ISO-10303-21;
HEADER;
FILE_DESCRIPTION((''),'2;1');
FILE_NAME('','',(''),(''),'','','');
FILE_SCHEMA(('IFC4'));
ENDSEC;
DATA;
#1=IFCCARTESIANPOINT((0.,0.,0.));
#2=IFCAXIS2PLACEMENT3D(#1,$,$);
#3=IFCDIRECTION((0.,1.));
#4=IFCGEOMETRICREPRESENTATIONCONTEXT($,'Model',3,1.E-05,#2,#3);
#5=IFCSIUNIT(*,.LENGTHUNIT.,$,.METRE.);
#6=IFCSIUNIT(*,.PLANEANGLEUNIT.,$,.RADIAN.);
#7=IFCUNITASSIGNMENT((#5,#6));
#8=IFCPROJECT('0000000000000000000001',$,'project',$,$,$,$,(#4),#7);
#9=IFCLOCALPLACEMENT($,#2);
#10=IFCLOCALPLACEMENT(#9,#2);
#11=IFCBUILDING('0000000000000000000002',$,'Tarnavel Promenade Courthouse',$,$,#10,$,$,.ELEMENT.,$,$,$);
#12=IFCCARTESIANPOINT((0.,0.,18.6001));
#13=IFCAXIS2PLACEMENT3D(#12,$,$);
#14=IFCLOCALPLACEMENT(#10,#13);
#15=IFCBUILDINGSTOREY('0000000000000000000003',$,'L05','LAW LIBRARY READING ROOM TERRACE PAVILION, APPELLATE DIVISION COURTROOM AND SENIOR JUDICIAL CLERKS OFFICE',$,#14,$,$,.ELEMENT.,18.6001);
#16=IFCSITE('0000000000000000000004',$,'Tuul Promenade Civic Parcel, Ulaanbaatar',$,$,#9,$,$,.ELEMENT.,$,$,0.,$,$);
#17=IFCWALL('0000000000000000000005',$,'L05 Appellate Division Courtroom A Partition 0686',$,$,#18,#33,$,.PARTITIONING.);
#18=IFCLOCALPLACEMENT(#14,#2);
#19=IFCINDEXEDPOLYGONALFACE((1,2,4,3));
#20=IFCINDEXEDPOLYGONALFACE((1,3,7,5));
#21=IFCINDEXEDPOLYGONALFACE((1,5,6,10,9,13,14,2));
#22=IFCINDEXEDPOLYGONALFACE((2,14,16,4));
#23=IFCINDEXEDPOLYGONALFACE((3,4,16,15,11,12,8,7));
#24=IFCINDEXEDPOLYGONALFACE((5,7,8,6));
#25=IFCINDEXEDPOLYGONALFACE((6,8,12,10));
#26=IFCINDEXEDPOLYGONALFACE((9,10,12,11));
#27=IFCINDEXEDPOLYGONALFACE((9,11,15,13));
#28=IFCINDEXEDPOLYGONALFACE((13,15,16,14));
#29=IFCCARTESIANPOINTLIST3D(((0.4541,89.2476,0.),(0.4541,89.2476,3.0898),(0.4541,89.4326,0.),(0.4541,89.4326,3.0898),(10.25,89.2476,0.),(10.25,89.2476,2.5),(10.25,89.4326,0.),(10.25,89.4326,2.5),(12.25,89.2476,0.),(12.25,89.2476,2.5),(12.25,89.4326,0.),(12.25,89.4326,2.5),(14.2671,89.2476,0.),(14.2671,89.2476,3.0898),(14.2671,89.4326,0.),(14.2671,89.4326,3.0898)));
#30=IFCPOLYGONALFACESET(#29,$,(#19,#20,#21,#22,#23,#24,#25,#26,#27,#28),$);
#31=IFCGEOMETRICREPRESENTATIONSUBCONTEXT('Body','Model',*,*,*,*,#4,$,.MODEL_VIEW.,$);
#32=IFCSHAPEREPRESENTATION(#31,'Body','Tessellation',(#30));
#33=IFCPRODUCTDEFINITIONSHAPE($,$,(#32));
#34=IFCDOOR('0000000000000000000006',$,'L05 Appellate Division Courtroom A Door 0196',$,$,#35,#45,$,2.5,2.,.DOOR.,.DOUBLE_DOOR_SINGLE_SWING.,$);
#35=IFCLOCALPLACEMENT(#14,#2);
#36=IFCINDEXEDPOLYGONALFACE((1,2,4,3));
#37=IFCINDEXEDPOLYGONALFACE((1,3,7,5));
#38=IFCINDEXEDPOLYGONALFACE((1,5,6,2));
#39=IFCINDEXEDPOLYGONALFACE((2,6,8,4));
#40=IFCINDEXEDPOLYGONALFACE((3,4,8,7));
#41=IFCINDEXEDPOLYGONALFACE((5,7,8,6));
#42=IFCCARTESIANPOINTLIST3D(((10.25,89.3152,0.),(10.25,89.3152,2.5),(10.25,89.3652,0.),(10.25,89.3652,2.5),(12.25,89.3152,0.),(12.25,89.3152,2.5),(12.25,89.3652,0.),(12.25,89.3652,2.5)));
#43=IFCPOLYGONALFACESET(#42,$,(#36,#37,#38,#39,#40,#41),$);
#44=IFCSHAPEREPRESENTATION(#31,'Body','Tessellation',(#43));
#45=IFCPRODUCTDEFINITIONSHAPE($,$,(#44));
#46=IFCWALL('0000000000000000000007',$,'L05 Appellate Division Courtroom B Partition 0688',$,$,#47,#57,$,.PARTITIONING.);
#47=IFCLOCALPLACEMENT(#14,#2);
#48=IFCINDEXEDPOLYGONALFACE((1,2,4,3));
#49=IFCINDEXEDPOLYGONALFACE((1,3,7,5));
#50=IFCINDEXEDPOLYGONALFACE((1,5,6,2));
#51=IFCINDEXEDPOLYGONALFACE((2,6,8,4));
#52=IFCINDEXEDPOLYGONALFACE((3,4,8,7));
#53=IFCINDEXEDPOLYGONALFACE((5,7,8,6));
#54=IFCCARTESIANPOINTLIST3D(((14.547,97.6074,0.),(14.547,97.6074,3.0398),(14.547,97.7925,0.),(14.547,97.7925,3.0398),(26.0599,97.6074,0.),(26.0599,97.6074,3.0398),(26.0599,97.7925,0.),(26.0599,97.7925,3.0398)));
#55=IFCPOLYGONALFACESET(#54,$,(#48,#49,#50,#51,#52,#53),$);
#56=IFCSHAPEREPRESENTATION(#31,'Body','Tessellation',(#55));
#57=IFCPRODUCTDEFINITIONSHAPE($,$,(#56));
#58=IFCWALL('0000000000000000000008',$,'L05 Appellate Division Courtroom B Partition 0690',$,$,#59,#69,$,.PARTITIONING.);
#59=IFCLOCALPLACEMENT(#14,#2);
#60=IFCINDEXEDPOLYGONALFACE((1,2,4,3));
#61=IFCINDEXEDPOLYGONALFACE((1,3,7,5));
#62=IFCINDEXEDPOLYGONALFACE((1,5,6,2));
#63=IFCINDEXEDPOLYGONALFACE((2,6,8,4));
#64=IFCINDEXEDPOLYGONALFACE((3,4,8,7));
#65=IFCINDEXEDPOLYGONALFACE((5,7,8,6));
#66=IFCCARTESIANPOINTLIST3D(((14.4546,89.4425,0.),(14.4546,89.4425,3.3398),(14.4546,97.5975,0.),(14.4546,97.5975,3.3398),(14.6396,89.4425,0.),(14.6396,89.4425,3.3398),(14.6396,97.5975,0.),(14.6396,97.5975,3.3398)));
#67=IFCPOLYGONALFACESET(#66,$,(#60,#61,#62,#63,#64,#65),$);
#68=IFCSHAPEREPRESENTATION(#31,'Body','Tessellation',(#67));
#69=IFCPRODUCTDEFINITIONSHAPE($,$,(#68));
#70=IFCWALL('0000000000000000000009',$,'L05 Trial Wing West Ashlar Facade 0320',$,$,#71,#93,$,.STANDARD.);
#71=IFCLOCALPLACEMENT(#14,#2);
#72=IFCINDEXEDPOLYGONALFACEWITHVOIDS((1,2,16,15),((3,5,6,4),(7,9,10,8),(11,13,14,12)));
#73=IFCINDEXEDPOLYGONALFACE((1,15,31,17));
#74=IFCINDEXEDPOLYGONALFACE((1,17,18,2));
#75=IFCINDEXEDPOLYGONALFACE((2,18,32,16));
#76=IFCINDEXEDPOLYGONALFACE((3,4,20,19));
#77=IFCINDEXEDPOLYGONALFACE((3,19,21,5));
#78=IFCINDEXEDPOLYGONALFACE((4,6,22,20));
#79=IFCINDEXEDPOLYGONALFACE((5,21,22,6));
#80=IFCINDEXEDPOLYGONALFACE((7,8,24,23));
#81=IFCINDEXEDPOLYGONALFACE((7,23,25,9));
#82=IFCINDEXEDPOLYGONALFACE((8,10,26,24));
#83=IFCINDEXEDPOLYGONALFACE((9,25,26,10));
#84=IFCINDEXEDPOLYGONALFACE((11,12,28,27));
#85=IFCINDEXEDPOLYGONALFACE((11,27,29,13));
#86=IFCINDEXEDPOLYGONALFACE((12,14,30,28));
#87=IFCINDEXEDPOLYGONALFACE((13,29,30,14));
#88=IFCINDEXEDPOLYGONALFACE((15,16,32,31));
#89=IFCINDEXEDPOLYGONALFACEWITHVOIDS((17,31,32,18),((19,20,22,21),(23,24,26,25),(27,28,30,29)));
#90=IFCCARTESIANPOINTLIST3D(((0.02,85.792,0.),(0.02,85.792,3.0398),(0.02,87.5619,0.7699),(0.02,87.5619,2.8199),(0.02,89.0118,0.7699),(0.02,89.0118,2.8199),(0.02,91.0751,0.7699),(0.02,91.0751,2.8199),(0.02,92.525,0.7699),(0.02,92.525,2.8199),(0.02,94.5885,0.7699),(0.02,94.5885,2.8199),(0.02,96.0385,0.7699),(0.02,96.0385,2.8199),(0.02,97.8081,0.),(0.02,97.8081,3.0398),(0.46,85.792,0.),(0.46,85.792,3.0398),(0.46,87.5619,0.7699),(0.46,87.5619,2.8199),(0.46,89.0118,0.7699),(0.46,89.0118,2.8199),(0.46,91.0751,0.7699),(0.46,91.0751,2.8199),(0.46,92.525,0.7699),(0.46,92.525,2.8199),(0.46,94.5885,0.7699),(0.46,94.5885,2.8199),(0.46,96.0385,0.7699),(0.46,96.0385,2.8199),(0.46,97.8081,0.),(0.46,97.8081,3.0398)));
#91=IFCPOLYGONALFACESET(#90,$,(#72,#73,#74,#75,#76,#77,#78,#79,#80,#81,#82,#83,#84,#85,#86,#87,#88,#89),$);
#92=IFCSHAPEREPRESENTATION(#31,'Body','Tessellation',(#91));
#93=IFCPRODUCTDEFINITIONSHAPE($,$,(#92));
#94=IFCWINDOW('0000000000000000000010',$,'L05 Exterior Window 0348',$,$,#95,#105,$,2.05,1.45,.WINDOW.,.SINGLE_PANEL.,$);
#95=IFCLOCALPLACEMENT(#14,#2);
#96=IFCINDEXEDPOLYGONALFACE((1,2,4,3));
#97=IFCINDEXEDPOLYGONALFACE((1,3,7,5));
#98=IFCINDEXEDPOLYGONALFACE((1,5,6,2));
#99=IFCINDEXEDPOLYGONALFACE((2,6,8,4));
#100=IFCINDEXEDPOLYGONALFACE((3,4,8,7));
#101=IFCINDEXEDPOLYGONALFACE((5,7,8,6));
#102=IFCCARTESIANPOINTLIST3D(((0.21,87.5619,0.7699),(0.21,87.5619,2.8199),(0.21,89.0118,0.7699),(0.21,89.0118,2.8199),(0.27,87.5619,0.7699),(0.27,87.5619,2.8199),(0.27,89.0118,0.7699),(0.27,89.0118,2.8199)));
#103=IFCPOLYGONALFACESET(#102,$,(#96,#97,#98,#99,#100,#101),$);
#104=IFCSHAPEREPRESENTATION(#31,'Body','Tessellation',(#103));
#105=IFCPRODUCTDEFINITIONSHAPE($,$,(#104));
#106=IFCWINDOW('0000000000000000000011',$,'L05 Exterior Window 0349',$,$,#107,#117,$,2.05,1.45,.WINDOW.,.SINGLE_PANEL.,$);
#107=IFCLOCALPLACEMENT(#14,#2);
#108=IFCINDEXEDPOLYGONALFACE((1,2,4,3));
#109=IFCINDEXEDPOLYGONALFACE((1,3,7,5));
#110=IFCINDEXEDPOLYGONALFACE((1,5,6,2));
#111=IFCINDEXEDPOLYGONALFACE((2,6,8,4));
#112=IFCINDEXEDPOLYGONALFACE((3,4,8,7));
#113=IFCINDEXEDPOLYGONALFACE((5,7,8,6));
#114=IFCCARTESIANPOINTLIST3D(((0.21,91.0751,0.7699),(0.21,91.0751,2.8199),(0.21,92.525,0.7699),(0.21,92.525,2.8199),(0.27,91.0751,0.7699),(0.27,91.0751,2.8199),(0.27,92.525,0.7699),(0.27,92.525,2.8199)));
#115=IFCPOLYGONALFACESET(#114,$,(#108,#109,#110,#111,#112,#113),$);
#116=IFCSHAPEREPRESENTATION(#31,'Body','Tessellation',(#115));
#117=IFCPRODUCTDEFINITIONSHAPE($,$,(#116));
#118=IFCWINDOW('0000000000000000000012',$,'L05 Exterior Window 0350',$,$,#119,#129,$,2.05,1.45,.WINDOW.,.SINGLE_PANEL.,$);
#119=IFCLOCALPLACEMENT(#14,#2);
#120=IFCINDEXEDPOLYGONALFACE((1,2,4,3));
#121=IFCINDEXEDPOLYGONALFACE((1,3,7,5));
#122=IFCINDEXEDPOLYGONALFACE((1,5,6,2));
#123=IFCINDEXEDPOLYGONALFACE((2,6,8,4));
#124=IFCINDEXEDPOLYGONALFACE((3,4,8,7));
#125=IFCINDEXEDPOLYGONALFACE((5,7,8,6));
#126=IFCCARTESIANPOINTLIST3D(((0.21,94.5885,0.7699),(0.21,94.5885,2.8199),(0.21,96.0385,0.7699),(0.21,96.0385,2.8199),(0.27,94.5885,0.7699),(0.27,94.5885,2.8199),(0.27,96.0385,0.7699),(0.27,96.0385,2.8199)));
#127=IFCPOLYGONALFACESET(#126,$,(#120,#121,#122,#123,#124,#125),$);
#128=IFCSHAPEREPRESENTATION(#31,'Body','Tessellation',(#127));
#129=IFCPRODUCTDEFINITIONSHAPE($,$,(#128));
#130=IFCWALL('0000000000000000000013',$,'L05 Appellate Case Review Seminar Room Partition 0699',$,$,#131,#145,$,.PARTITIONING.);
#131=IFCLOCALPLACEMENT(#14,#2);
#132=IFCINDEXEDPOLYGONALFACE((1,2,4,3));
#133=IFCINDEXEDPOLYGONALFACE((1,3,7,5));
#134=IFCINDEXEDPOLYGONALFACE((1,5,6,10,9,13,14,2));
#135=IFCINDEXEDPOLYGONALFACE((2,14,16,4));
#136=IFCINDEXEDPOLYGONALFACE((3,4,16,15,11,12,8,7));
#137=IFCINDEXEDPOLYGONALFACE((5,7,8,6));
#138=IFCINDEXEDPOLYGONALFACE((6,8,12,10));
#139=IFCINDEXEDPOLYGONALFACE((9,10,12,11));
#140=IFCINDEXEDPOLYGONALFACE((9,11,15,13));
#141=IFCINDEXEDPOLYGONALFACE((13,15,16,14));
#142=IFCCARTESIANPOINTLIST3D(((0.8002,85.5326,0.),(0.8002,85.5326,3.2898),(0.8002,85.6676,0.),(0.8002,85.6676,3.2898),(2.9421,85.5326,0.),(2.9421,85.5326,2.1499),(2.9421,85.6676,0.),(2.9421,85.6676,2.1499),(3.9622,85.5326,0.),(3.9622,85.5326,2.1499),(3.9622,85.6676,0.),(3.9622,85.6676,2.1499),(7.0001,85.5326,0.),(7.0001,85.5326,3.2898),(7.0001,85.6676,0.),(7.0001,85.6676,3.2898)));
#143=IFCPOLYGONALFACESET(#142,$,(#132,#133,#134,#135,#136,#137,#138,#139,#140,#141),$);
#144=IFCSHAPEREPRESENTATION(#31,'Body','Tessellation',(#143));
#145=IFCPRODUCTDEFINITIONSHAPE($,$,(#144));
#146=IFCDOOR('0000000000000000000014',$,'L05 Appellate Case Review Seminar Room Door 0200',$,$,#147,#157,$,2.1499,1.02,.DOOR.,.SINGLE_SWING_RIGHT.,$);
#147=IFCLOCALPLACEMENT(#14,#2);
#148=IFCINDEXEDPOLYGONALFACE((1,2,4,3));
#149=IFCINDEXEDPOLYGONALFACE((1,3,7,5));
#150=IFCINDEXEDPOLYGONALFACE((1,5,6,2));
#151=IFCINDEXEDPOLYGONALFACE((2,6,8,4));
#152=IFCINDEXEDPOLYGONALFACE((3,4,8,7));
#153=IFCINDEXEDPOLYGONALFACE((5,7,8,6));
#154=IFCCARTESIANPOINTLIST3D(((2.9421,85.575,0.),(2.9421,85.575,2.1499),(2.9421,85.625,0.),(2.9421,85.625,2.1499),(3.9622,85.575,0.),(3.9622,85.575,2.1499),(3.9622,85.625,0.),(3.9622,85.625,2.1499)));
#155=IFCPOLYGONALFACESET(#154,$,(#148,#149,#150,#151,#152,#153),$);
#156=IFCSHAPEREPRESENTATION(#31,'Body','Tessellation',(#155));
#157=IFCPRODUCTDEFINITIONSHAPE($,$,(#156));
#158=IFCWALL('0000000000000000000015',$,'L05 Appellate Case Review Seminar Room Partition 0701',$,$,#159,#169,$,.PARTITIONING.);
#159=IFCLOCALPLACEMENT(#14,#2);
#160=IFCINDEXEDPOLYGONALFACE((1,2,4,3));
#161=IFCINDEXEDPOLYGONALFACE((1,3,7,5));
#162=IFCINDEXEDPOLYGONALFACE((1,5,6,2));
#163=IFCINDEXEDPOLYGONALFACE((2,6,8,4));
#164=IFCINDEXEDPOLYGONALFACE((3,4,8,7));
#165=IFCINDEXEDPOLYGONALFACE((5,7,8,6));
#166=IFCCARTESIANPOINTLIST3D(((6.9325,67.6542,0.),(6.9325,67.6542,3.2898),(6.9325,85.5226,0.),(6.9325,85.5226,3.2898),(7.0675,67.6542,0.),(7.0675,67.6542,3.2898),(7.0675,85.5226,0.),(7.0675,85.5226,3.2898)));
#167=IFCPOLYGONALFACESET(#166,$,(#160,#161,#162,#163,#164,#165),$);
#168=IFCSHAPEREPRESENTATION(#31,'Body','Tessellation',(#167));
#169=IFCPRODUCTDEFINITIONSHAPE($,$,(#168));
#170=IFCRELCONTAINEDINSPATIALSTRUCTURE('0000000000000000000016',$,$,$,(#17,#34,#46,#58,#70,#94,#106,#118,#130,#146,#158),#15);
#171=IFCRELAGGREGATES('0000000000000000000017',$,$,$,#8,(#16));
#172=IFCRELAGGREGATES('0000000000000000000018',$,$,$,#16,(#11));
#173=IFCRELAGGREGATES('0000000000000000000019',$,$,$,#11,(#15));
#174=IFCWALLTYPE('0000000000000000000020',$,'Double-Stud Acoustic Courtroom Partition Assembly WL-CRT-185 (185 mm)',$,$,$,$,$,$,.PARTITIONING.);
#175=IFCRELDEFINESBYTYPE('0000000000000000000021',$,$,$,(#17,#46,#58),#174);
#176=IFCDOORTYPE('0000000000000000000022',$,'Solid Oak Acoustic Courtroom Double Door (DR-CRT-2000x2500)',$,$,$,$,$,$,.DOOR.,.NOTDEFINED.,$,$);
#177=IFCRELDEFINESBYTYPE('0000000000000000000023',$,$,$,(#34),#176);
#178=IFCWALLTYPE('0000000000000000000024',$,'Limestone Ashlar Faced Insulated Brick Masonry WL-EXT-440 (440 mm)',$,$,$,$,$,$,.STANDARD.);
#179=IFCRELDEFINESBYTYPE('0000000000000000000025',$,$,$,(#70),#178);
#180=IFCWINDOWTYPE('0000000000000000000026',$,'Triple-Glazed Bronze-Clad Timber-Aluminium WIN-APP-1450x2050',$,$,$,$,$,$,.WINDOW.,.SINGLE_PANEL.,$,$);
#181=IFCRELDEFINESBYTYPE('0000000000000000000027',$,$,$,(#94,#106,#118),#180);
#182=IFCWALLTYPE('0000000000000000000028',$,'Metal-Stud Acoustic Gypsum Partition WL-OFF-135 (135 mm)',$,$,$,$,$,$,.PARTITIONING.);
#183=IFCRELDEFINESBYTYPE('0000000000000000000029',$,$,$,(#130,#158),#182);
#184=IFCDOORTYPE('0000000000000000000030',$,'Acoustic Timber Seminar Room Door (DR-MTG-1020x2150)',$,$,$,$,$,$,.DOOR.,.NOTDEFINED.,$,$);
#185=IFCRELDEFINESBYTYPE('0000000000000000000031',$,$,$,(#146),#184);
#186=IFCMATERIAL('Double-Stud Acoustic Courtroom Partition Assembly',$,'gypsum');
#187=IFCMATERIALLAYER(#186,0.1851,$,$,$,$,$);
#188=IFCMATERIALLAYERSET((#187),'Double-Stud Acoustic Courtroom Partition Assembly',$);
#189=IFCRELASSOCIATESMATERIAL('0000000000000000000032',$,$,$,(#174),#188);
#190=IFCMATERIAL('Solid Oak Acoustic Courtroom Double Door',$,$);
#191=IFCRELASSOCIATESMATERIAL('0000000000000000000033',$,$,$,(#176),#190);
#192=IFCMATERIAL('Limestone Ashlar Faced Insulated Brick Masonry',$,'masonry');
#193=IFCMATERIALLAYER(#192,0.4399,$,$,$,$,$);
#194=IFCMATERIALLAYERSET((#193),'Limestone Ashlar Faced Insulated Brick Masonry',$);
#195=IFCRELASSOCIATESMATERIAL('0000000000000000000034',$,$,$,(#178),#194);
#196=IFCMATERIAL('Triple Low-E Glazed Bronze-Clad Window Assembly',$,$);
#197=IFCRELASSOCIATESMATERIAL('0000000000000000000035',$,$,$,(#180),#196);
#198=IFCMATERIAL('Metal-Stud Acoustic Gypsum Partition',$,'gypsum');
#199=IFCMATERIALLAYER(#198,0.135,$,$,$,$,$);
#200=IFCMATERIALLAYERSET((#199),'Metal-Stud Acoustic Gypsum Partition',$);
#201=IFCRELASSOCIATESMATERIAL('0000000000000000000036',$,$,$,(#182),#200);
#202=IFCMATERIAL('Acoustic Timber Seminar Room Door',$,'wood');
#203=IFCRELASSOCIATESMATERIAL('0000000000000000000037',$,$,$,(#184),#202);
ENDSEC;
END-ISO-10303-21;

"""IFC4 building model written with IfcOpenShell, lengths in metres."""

from ifc_helpers import new_model, si_unit, direction, frame, frame_2d, origin, place, context, subcontext, project, spatial, rectangle, extrude, material, layer, layer_set, type_object, element, fill, save


model = new_model("IFC4")

# Units and contexts
model_context = context("Model", 3, precision=1e-05, world=origin(), true_north=direction((0.0, 1.0)))
body_context = subcontext(model_context, "Body", "Model", "MODEL_VIEW")
ifc_project = project(units=[si_unit("LENGTHUNIT", "METRE"), si_unit("PLANEANGLEUNIT", "RADIAN")], contexts=[model_context])

# Site, building, storey
site_placement = place(None, origin())
site = spatial("IfcSite", under=ifc_project, at=site_placement, Name="Tuul Promenade Civic Parcel, Ulaanbaatar", CompositionType="ELEMENT", RefElevation=0.0)
building_placement = place(site_placement, origin())
building = spatial("IfcBuilding", under=site, at=building_placement, Name="Tarnavel Promenade Courthouse", CompositionType="ELEMENT")
storey_placement = place(building_placement, frame((0.0, 0.0, 18.6001)))
storey = spatial("IfcBuildingStorey", under=building, at=storey_placement, Name="L05", Description="LAW LIBRARY READING ROOM TERRACE PAVILION, APPELLATE DIVISION COURTROOM AND SENIOR JUDICIAL CLERKS OFFICE", CompositionType="ELEMENT", Elevation=18.6001)

# Wall, opening, door
ifc_material_1 = material(Name="Double-Stud Acoustic Courtroom Partition Assembly", Category="gypsum")
ifc_layer_1 = layer(ifc_material_1, 0.1851)
ifc_layer_set_1 = layer_set([ifc_layer_1], Name="Double-Stud Acoustic Courtroom Partition Assembly")
wall_type_1 = type_object("IfcWallType", Name="Double-Stud Acoustic Courtroom Partition Assembly WL-CRT-185 (185 mm)", PredefinedType="PARTITIONING", material=ifc_layer_set_1)
wall_1_placement = place(storey_placement, frame((14.2671, 89.3401, 0.0), z_axis=(0.0, 0.0, 1.0), x_axis=(-1.0, 0.0, 0.0)))
wall_1 = element("IfcWall", 1, at=wall_1_placement, inside=storey, type_object=wall_type_1, Name="L05 Appellate Division Courtroom A Partition 0686", PredefinedType="PARTITIONING", context=body_context, shape_type="SweptSolid", body=[
    extrude(rectangle(XDim=13.813, YDim=0.1851, at=frame_2d((6.9065, 0.0))), origin(), (0.0, 0.0, 1.0), 3.0898),
])
opening_1_placement = place(wall_1_placement, frame((2.0171, 0.0, 0.0)))
opening_1 = element("IfcOpeningElement", 2, at=opening_1_placement, cuts=wall_1, PredefinedType="OPENING", context=body_context, shape_type="SweptSolid", body=[
    extrude(rectangle(XDim=2.0, YDim=2.5, at=frame_2d((1.0, 1.25))), frame((0.0, 0.1025, 0.0), z_axis=(0.0, -1.0, 0.0), x_axis=(1.0, 0.0, 0.0)), (0.0, 0.0, 1.0), 0.2051),
])
ifc_material_2 = material(Name="Solid Oak Acoustic Courtroom Double Door")
door_type_1 = type_object("IfcDoorType", Name="Solid Oak Acoustic Courtroom Double Door (DR-CRT-2000x2500)", OperationType="NOTDEFINED", PredefinedType="DOOR", material=ifc_material_2)
door_1_placement = place(opening_1_placement, origin())
door_1 = element("IfcDoor", 3, at=door_1_placement, inside=storey, type_object=door_type_1, Name="L05 Appellate Division Courtroom A Door 0196", OperationType="DOUBLE_DOOR_SINGLE_SWING", OverallHeight=2.5, OverallWidth=2.0, PredefinedType="DOOR", context=body_context, shape_type="SweptSolid", body=[
    extrude(rectangle(XDim=2.0, YDim=2.5, at=frame_2d((1.0, 1.25))), frame((0.0, 0.0249, 0.0), z_axis=(0.0, -1.0, 0.0), x_axis=(1.0, 0.0, 0.0)), (0.0, 0.0, 1.0), 0.05),
])
fill(opening_1, door_1)

# Walls
wall_2_placement = place(storey_placement, frame((14.5471, 97.7, 0.0), z_axis=(0.0, 0.0, 1.0), x_axis=(1.0, 0.0, 0.0)))
element("IfcWall", 4, at=wall_2_placement, inside=storey, type_object=wall_type_1, Name="L05 Appellate Division Courtroom B Partition 0688", PredefinedType="PARTITIONING", context=body_context, shape_type="SweptSolid", body=[
    extrude(rectangle(XDim=11.5129, YDim=0.1851, at=frame_2d((5.7563, 0.0))), origin(), (0.0, 0.0, 1.0), 3.0398),
])
wall_3_placement = place(storey_placement, frame((14.5471, 89.4424, 0.0), z_axis=(0.0, 0.0, 1.0), x_axis=(0.0, 1.0, 0.0)))
element("IfcWall", 5, at=wall_3_placement, inside=storey, type_object=wall_type_1, Name="L05 Appellate Division Courtroom B Partition 0690", PredefinedType="PARTITIONING", context=body_context, shape_type="SweptSolid", body=[
    extrude(rectangle(XDim=8.155, YDim=0.1851, at=frame_2d((4.0776, 0.0))), origin(), (0.0, 0.0, 1.0), 3.3398),
])

# Wall, openings, windows
ifc_material_3 = material(Name="Limestone Ashlar Faced Insulated Brick Masonry", Category="masonry")
ifc_layer_2 = layer(ifc_material_3, 0.4399)
ifc_layer_set_2 = layer_set([ifc_layer_2], Name="Limestone Ashlar Faced Insulated Brick Masonry")
wall_type_2 = type_object("IfcWallType", Name="Limestone Ashlar Faced Insulated Brick Masonry WL-EXT-440 (440 mm)", PredefinedType="STANDARD", material=ifc_layer_set_2)
wall_4_placement = place(storey_placement, frame((0.24, 85.792, 0.0), z_axis=(0.0, 0.0, 1.0), x_axis=(0.0, 1.0, 0.0)))
wall_4 = element("IfcWall", 6, at=wall_4_placement, inside=storey, type_object=wall_type_2, Name="L05 Trial Wing West Ashlar Facade 0320", PredefinedType="STANDARD", context=body_context, shape_type="SweptSolid", body=[
    extrude(rectangle(XDim=12.0161, YDim=0.4399, at=frame_2d((6.0081, 0.0))), origin(), (0.0, 0.0, 1.0), 3.0398),
])
opening_2_placement = place(wall_4_placement, frame((1.7698, 0.0, 0.77)))
opening_2 = element("IfcOpeningElement", 7, at=opening_2_placement, cuts=wall_4, PredefinedType="OPENING", context=body_context, shape_type="SweptSolid", body=[
    extrude(rectangle(XDim=1.45, YDim=2.05, at=frame_2d((0.7251, 1.0249))), frame((0.0, 0.23, 0.0), z_axis=(0.0, -1.0, 0.0), x_axis=(1.0, 0.0, 0.0)), (0.0, 0.0, 1.0), 0.46),
])
opening_3_placement = place(wall_4_placement, frame((5.283, 0.0, 0.77)))
opening_3 = element("IfcOpeningElement", 8, at=opening_3_placement, cuts=wall_4, PredefinedType="OPENING", context=body_context, shape_type="SweptSolid", body=[
    extrude(rectangle(XDim=1.45, YDim=2.05, at=frame_2d((0.7251, 1.0249))), frame((0.0, 0.23, 0.0), z_axis=(0.0, -1.0, 0.0), x_axis=(1.0, 0.0, 0.0)), (0.0, 0.0, 1.0), 0.46),
])
opening_4_placement = place(wall_4_placement, frame((8.7964, 0.0, 0.77)))
opening_4 = element("IfcOpeningElement", 9, at=opening_4_placement, cuts=wall_4, PredefinedType="OPENING", context=body_context, shape_type="SweptSolid", body=[
    extrude(rectangle(XDim=1.45, YDim=2.05, at=frame_2d((0.7251, 1.0249))), frame((0.0, 0.23, 0.0), z_axis=(0.0, -1.0, 0.0), x_axis=(1.0, 0.0, 0.0)), (0.0, 0.0, 1.0), 0.46),
])
ifc_material_4 = material(Name="Triple Low-E Glazed Bronze-Clad Window Assembly")
window_type = type_object("IfcWindowType", Name="Triple-Glazed Bronze-Clad Timber-Aluminium WIN-APP-1450x2050", PartitioningType="SINGLE_PANEL", PredefinedType="WINDOW", material=ifc_material_4)
window_1_placement = place(opening_2_placement, origin())
window_1 = element("IfcWindow", 10, at=window_1_placement, inside=storey, type_object=window_type, Name="L05 Exterior Window 0348", OverallHeight=2.05, OverallWidth=1.45, PartitioningType="SINGLE_PANEL", PredefinedType="WINDOW", context=body_context, shape_type="SweptSolid", body=[
    extrude(rectangle(XDim=1.45, YDim=2.05, at=frame_2d((0.7251, 1.0249))), frame((0.0, 0.03, 0.0), z_axis=(0.0, -1.0, 0.0), x_axis=(1.0, 0.0, 0.0)), (0.0, 0.0, 1.0), 0.0601),
])
fill(opening_2, window_1)
window_2_placement = place(opening_3_placement, origin())
window_2 = element("IfcWindow", 11, at=window_2_placement, inside=storey, type_object=window_type, Name="L05 Exterior Window 0349", OverallHeight=2.05, OverallWidth=1.45, PartitioningType="SINGLE_PANEL", PredefinedType="WINDOW", context=body_context, shape_type="SweptSolid", body=[
    extrude(rectangle(XDim=1.45, YDim=2.05, at=frame_2d((0.7251, 1.0249))), frame((0.0, 0.03, 0.0), z_axis=(0.0, -1.0, 0.0), x_axis=(1.0, 0.0, 0.0)), (0.0, 0.0, 1.0), 0.0601),
])
fill(opening_3, window_2)
window_3_placement = place(opening_4_placement, origin())
window_3 = element("IfcWindow", 12, at=window_3_placement, inside=storey, type_object=window_type, Name="L05 Exterior Window 0350", OverallHeight=2.05, OverallWidth=1.45, PartitioningType="SINGLE_PANEL", PredefinedType="WINDOW", context=body_context, shape_type="SweptSolid", body=[
    extrude(rectangle(XDim=1.45, YDim=2.05, at=frame_2d((0.7251, 1.0249))), frame((0.0, 0.03, 0.0), z_axis=(0.0, -1.0, 0.0), x_axis=(1.0, 0.0, 0.0)), (0.0, 0.0, 1.0), 0.0601),
])
fill(opening_4, window_3)

# Wall, opening, door
ifc_material_5 = material(Name="Metal-Stud Acoustic Gypsum Partition", Category="gypsum")
ifc_layer_3 = layer(ifc_material_5, 0.135)
ifc_layer_set_3 = layer_set([ifc_layer_3], Name="Metal-Stud Acoustic Gypsum Partition")
wall_type_3 = type_object("IfcWallType", Name="Metal-Stud Acoustic Gypsum Partition WL-OFF-135 (135 mm)", PredefinedType="PARTITIONING", material=ifc_layer_set_3)
wall_5_placement = place(storey_placement, frame((0.8, 85.6001, 0.0), z_axis=(0.0, 0.0, 1.0), x_axis=(1.0, 0.0, 0.0)))
wall_5 = element("IfcWall", 13, at=wall_5_placement, inside=storey, type_object=wall_type_3, Name="L05 Appellate Case Review Seminar Room Partition 0699", PredefinedType="PARTITIONING", context=body_context, shape_type="SweptSolid", body=[
    extrude(rectangle(XDim=6.2, YDim=0.135, at=frame_2d((3.1001, 0.0))), origin(), (0.0, 0.0, 1.0), 3.2898),
])
opening_5_placement = place(wall_5_placement, frame((2.1421, 0.0, 0.0)))
opening_5 = element("IfcOpeningElement", 14, at=opening_5_placement, cuts=wall_5, PredefinedType="OPENING", context=body_context, shape_type="SweptSolid", body=[
    extrude(rectangle(XDim=1.02, YDim=2.1499, at=frame_2d((0.51, 1.075))), frame((0.0, 0.0774, 0.0), z_axis=(0.0, -1.0, 0.0), x_axis=(1.0, 0.0, 0.0)), (0.0, 0.0, 1.0), 0.155),
])
ifc_material_6 = material(Name="Acoustic Timber Seminar Room Door", Category="wood")
door_type_2 = type_object("IfcDoorType", Name="Acoustic Timber Seminar Room Door (DR-MTG-1020x2150)", OperationType="NOTDEFINED", PredefinedType="DOOR", material=ifc_material_6)
door_2_placement = place(opening_5_placement, origin())
door_2 = element("IfcDoor", 15, at=door_2_placement, inside=storey, type_object=door_type_2, Name="L05 Appellate Case Review Seminar Room Door 0200", OperationType="SINGLE_SWING_RIGHT", OverallHeight=2.1499, OverallWidth=1.02, PredefinedType="DOOR", context=body_context, shape_type="SweptSolid", body=[
    extrude(rectangle(XDim=1.02, YDim=2.1499, at=frame_2d((0.51, 1.075))), frame((0.0, 0.0249, 0.0), z_axis=(0.0, -1.0, 0.0), x_axis=(1.0, 0.0, 0.0)), (0.0, 0.0, 1.0), 0.05),
])
fill(opening_5, door_2)

# Wall
wall_6_placement = place(storey_placement, frame((7.0, 85.5225, 0.0), z_axis=(0.0, 0.0, 1.0), x_axis=(0.0, -1.0, 0.0)))
element("IfcWall", 16, at=wall_6_placement, inside=storey, type_object=wall_type_3, Name="L05 Appellate Case Review Seminar Room Partition 0701", PredefinedType="PARTITIONING", context=body_context, shape_type="SweptSolid", body=[
    extrude(rectangle(XDim=17.8684, YDim=0.135, at=frame_2d((8.9341, 0.0))), origin(), (0.0, 0.0, 1.0), 3.2898),
])

save(model, "model.ifc")
